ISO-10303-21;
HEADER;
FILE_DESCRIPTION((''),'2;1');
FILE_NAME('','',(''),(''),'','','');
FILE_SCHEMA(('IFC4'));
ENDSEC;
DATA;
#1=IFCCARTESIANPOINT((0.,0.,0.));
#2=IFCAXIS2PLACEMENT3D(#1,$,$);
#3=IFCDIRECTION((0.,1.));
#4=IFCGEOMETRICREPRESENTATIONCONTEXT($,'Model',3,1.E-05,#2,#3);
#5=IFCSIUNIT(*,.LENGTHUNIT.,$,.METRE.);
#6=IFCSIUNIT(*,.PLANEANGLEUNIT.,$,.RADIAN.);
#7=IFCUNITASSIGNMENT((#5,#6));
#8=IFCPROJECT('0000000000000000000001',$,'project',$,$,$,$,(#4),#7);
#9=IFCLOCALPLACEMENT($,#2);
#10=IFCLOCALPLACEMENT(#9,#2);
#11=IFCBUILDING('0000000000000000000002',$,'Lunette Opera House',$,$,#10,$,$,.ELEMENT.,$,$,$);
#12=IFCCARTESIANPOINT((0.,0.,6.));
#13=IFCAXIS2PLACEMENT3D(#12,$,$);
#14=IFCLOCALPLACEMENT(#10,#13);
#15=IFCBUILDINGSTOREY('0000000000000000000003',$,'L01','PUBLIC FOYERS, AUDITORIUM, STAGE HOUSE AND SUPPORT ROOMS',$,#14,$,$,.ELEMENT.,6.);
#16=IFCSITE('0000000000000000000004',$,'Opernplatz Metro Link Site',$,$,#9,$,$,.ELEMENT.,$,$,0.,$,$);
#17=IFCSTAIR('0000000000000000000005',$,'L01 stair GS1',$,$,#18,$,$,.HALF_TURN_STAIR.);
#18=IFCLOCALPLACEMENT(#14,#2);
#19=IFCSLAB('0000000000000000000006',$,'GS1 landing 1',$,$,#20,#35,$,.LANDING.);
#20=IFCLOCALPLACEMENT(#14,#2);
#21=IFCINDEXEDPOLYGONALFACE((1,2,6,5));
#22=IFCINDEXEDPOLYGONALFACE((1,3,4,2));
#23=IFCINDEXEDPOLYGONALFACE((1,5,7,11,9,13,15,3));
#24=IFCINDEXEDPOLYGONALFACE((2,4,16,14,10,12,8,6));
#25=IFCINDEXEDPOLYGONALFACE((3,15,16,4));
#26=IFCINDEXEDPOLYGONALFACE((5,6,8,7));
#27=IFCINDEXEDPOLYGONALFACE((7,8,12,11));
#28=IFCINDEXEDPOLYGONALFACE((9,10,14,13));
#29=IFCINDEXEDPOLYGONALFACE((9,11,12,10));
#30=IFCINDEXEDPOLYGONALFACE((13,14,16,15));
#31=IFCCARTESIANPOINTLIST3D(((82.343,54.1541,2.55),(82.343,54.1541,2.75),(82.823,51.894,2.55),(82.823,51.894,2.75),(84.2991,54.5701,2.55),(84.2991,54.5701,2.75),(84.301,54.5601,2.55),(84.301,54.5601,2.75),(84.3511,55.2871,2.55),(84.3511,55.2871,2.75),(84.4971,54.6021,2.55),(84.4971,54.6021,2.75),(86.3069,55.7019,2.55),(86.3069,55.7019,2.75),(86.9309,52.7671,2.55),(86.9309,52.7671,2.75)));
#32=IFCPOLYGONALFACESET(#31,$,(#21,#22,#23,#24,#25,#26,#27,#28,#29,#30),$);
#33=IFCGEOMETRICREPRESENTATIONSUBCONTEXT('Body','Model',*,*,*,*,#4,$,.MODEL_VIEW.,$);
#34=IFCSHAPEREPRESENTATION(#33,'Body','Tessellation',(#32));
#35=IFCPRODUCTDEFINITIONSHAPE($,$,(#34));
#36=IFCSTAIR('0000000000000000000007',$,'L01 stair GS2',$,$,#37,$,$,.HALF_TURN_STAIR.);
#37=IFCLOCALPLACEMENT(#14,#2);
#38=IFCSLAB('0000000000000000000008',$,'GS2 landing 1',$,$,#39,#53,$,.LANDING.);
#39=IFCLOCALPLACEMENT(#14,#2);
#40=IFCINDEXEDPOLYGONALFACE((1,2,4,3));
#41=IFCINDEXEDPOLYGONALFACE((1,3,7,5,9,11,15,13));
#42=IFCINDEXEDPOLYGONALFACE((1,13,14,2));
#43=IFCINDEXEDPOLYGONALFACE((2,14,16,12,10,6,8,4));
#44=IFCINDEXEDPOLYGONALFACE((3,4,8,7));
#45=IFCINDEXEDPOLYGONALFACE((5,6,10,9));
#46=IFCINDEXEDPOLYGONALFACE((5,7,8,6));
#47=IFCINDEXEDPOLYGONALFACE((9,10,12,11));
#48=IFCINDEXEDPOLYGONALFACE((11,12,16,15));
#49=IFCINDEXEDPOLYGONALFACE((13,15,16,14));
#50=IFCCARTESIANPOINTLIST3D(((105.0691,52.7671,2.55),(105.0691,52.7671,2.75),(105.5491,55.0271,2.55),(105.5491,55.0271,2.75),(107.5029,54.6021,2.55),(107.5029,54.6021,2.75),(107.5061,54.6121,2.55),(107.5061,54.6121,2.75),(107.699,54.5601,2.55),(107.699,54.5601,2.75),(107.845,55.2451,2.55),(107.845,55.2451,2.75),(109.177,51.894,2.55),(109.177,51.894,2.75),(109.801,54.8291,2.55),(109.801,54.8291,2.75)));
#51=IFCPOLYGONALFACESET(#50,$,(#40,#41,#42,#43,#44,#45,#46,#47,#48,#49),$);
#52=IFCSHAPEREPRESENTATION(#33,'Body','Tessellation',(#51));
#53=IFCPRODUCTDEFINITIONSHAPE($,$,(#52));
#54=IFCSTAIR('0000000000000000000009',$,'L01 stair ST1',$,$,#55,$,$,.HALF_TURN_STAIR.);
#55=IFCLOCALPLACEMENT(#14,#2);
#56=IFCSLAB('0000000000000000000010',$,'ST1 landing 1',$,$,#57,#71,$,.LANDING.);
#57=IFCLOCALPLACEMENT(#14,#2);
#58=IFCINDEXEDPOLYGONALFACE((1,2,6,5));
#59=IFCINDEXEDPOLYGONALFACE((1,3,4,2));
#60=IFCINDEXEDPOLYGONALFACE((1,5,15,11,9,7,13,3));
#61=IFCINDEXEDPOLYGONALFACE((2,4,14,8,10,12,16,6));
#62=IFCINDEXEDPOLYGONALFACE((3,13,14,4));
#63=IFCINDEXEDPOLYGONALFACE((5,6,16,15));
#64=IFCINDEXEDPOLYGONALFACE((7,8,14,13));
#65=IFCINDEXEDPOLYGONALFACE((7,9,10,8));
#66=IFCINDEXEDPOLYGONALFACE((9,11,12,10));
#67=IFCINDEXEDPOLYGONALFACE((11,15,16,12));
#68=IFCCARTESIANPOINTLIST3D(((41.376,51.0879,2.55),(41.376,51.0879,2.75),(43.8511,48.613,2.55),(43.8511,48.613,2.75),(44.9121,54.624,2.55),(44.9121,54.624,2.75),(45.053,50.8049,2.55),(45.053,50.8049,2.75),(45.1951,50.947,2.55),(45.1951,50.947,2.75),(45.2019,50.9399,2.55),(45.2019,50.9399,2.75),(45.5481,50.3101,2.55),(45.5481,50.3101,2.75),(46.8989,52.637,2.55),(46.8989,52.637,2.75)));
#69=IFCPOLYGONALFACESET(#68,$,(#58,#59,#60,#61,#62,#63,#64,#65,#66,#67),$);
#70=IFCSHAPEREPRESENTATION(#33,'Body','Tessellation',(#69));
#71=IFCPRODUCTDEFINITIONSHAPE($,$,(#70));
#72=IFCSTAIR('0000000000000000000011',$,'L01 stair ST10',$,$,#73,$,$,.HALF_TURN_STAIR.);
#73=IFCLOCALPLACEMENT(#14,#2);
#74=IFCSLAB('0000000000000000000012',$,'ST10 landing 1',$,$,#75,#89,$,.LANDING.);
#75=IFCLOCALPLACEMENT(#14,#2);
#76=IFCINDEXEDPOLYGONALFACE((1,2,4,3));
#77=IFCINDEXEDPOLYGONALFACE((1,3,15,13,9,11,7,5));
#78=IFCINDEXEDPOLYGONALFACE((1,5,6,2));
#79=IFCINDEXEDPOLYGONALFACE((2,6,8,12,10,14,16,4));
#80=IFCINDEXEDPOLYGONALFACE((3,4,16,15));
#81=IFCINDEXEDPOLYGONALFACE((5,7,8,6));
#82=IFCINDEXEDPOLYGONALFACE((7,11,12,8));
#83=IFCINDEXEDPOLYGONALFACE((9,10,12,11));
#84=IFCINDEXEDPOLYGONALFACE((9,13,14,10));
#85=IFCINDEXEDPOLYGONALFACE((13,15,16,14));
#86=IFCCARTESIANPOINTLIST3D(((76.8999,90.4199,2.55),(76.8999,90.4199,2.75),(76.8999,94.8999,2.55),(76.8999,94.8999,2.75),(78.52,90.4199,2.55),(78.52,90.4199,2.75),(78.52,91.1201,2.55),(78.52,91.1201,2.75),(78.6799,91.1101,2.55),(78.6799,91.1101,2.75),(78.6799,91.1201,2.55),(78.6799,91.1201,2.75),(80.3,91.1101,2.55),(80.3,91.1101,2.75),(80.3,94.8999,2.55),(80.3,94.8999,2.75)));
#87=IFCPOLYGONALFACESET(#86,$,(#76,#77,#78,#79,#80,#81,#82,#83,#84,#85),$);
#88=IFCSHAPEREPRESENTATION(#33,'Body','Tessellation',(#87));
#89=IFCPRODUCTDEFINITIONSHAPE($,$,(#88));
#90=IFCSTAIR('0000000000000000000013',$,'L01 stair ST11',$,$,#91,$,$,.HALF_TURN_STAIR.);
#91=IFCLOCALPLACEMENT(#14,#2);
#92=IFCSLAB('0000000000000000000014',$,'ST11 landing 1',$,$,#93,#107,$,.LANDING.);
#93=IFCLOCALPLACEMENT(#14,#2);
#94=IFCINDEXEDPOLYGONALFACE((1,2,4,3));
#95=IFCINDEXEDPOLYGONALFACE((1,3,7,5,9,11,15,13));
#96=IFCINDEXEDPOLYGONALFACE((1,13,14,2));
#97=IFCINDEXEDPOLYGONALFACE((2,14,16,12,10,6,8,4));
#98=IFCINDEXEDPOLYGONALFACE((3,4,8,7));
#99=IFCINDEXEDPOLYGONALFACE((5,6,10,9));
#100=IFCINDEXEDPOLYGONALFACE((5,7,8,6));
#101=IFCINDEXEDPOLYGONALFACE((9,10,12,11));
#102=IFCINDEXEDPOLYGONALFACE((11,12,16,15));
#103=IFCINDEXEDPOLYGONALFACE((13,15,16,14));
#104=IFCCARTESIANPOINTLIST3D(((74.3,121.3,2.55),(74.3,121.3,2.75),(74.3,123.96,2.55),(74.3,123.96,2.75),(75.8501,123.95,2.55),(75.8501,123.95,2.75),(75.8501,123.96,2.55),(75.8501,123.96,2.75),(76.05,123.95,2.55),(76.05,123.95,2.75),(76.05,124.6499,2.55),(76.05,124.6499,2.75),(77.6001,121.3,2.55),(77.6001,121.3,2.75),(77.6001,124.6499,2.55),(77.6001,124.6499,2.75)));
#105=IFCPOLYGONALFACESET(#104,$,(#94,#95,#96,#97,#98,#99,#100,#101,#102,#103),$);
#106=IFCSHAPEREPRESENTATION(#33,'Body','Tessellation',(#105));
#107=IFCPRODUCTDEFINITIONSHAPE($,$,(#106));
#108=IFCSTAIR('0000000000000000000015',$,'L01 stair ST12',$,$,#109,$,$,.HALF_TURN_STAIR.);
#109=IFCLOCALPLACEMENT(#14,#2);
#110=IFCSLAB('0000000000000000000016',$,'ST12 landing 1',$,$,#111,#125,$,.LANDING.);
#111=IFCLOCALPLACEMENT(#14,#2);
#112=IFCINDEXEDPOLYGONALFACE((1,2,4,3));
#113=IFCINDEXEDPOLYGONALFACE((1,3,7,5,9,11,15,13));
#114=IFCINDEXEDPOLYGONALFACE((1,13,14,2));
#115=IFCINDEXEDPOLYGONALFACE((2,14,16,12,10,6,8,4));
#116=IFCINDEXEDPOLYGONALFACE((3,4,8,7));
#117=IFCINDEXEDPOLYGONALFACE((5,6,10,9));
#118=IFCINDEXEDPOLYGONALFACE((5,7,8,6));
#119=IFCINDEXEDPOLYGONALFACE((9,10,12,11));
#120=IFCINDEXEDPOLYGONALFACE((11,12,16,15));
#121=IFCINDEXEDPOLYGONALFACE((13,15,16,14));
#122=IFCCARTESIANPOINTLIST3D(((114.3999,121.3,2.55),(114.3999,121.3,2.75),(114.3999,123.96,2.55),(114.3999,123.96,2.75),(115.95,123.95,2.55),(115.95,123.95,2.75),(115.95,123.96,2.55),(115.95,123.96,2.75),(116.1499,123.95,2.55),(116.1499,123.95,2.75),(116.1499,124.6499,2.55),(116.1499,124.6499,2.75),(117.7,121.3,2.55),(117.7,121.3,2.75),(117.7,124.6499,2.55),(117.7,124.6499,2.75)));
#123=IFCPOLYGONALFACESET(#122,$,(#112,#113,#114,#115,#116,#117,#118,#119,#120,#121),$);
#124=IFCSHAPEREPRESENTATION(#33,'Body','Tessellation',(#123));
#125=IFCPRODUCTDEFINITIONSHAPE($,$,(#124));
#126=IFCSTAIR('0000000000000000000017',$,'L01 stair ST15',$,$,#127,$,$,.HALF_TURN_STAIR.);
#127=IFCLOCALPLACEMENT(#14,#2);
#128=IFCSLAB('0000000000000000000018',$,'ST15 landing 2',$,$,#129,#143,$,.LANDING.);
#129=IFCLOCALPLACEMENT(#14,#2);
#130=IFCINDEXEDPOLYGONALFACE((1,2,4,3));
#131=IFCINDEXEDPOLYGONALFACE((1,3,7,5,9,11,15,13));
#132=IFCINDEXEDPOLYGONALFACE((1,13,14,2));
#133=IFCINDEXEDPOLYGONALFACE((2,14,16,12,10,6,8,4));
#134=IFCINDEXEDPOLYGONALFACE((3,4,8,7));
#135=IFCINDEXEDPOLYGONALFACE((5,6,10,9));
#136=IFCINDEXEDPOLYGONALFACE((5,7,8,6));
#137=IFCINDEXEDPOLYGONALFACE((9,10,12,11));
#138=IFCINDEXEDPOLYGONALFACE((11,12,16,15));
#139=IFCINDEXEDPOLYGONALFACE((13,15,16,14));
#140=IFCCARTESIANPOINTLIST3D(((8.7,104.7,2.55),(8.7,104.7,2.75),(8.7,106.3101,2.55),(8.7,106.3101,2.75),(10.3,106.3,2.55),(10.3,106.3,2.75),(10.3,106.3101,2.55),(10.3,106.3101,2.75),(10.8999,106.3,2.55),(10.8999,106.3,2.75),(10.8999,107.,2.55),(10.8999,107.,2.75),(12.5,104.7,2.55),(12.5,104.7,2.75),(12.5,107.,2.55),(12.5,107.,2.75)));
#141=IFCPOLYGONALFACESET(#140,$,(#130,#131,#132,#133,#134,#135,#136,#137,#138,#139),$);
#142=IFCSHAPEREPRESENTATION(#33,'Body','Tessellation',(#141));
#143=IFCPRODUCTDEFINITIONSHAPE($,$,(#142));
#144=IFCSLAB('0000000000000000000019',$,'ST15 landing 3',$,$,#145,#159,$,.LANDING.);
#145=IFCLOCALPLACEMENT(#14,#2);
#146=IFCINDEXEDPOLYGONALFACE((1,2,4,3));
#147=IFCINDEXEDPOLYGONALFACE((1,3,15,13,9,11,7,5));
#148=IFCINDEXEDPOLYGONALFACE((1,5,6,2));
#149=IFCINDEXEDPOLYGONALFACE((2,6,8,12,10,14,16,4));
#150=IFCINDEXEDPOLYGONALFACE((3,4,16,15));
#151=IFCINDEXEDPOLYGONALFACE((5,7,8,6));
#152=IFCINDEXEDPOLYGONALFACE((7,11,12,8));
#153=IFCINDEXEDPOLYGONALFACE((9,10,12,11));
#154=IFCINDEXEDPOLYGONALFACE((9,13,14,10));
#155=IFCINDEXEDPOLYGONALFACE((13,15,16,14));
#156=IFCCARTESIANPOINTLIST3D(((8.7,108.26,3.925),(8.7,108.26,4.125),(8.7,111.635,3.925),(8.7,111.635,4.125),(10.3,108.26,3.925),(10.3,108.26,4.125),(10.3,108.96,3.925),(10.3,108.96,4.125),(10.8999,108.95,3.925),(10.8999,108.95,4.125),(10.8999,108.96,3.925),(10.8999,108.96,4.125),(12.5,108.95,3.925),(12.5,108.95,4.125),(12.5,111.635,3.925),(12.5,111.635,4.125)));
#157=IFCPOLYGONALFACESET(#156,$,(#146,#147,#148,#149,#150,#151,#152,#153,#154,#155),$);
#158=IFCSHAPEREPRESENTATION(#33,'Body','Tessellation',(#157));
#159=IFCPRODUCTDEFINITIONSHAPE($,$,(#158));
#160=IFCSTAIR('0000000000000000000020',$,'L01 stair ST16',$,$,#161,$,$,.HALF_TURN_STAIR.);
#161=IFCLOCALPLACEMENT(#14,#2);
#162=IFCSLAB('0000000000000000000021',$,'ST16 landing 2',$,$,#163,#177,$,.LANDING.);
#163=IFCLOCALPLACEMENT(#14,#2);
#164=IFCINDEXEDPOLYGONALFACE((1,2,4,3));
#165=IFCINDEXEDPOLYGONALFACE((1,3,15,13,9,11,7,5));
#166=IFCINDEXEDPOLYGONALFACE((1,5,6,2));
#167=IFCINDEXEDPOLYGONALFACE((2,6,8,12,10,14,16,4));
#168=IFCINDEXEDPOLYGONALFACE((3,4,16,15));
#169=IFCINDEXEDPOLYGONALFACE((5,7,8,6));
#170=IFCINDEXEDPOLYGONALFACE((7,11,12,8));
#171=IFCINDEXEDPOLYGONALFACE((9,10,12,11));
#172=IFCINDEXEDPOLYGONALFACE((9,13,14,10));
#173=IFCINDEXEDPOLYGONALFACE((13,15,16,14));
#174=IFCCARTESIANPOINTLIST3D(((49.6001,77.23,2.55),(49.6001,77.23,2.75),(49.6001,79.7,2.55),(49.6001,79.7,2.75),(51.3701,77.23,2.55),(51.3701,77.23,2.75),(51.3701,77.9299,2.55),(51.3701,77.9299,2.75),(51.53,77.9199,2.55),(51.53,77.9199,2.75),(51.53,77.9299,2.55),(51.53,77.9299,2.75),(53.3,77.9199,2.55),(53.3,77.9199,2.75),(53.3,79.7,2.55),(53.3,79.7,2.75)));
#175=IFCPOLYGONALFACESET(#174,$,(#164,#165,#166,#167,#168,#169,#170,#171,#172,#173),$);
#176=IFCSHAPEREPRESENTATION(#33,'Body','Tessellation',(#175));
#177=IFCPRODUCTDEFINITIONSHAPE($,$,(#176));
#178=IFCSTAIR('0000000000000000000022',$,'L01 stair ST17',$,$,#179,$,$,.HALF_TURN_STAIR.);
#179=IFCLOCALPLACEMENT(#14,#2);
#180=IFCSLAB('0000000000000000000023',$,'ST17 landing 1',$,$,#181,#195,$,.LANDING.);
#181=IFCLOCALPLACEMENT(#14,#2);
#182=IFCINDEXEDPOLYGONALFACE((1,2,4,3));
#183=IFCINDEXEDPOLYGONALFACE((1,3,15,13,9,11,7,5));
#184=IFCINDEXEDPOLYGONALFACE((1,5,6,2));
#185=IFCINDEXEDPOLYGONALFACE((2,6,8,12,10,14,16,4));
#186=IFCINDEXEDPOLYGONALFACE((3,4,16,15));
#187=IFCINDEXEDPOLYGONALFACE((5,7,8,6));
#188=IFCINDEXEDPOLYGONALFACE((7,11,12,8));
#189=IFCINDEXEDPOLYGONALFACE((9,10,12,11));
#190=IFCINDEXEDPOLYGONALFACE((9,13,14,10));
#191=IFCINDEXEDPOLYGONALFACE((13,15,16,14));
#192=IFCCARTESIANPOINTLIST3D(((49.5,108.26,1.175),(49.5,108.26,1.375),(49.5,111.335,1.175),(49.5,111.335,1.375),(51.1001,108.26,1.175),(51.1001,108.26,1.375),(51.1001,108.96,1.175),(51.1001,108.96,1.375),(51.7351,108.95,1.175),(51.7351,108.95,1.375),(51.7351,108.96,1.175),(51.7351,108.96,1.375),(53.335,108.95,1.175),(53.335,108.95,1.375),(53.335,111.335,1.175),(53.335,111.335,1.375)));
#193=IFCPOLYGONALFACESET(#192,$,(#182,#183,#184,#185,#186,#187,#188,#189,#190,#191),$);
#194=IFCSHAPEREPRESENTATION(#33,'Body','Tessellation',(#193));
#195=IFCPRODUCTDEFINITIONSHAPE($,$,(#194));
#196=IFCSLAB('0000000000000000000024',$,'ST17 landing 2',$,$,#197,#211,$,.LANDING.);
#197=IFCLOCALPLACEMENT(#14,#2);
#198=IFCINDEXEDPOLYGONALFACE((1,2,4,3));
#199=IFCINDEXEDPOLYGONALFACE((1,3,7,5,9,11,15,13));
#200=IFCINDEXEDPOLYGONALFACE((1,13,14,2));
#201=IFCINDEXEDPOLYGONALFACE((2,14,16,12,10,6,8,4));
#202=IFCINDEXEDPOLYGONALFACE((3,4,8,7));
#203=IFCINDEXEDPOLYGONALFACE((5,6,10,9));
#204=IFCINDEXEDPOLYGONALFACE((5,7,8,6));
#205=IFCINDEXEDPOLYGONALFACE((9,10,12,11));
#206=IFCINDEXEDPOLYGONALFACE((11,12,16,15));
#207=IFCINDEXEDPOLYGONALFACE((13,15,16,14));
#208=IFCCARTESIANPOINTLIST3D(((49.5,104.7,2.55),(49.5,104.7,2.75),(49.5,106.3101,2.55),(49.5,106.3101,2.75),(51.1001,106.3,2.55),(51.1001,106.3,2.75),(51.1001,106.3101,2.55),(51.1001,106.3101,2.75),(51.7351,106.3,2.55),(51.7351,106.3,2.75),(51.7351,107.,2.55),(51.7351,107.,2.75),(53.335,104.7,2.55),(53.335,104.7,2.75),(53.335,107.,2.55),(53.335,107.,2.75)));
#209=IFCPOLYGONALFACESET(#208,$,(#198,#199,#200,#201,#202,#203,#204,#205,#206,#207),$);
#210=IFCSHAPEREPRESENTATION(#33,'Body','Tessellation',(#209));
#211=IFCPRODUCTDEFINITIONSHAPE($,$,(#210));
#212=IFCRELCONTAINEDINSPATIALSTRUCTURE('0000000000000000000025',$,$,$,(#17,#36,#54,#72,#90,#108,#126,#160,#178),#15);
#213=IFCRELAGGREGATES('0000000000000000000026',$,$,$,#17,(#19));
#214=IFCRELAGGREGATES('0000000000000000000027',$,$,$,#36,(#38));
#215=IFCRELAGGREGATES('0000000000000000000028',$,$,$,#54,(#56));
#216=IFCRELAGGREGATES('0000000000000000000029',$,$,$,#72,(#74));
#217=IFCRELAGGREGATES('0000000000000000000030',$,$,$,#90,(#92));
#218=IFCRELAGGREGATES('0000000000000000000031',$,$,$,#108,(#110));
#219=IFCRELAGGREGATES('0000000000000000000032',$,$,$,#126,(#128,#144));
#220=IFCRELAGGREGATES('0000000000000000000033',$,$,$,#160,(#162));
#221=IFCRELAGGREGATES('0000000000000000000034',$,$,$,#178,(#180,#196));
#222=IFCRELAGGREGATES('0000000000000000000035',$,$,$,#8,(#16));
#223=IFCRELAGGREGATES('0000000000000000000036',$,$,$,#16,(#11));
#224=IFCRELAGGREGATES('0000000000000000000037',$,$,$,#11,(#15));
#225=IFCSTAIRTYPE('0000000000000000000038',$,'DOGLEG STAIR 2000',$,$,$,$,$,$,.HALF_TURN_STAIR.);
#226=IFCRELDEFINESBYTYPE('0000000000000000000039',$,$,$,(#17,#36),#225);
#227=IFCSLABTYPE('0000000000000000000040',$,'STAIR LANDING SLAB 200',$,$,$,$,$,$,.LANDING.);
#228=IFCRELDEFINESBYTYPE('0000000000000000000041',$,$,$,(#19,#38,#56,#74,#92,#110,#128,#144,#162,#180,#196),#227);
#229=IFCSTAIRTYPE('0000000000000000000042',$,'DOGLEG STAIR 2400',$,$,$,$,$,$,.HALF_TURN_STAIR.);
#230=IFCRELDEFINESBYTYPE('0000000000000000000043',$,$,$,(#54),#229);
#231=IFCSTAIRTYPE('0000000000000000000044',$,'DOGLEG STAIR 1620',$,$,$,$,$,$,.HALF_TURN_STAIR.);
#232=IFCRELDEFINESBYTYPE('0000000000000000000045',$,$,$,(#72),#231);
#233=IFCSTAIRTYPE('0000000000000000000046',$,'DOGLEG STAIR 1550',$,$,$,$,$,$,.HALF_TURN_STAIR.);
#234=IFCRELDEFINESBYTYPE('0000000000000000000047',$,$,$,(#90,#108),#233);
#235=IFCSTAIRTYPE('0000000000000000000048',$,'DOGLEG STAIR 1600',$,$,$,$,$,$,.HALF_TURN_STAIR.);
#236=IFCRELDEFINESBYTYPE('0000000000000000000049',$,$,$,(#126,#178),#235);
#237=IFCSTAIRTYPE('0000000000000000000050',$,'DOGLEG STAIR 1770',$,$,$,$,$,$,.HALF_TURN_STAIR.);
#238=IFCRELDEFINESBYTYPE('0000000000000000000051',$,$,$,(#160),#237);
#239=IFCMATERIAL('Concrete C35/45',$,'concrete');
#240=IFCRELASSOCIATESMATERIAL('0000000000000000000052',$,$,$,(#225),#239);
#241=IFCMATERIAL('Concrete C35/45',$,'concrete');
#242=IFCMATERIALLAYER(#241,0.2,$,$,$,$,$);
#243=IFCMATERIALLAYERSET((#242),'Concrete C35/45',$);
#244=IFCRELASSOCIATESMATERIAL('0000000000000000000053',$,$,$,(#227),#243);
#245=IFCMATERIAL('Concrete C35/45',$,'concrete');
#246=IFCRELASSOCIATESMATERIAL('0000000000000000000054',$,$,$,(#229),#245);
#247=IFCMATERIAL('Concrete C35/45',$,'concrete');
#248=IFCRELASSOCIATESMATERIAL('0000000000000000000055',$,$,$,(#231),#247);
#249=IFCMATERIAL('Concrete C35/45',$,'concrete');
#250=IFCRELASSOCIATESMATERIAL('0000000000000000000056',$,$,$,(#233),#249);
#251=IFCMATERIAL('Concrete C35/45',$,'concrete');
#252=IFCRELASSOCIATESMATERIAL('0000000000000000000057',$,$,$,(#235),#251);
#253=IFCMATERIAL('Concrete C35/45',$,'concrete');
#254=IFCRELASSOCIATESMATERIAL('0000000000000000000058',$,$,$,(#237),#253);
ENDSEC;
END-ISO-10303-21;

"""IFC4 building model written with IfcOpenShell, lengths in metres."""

from ifc_helpers import new_model, si_unit, direction, frame, origin, place, context, subcontext, project, spatial, polyline, outline, extrude, material, layer, layer_set, type_object, element, aggregate, save


model = new_model("IFC4")

# Units and contexts
model_context = context("Model", 3, precision=1e-05, world=origin(), true_north=direction((0.0, 1.0)))
body_context = subcontext(model_context, "Body", "Model", "MODEL_VIEW")
ifc_project = project(units=[si_unit("LENGTHUNIT", "METRE"), si_unit("PLANEANGLEUNIT", "RADIAN")], contexts=[model_context])

# Site, building, storey
site_placement = place(None, origin())
site = spatial("IfcSite", under=ifc_project, at=site_placement, Name="Opernplatz Metro Link Site", CompositionType="ELEMENT", RefElevation=0.0)
building_placement = place(site_placement, origin())
building = spatial("IfcBuilding", under=site, at=building_placement, Name="Lunette Opera House", CompositionType="ELEMENT")
storey_placement = place(building_placement, frame((0.0, 0.0, 6.0)))
storey = spatial("IfcBuildingStorey", under=building, at=storey_placement, Name="L01", Description="PUBLIC FOYERS, AUDITORIUM, STAGE HOUSE AND SUPPORT ROOMS", CompositionType="ELEMENT", Elevation=6.0)

# Stairs, slabs
ifc_material_1 = material(Name="Concrete C35/45", Category="concrete")
stair_type_1 = type_object("IfcStairType", Name="DOGLEG STAIR 2000", PredefinedType="HALF_TURN_STAIR", material=ifc_material_1)
stair_1_placement = place(storey_placement, origin())
stair_1 = element("IfcStair", 1, at=stair_1_placement, inside=storey, type_object=stair_type_1, Name="L01 stair GS1", PredefinedType="HALF_TURN_STAIR")
ifc_material_2 = material(Name="Concrete C35/45", Category="concrete")
ifc_layer = layer(ifc_material_2, 0.2)
ifc_layer_set = layer_set([ifc_layer], Name="Concrete C35/45")
slab_type = type_object("IfcSlabType", Name="STAIR LANDING SLAB 200", PredefinedType="LANDING", material=ifc_layer_set)
slab_1_placement = place(storey_placement, frame((0.0, 0.0, 2.55)))
slab_1 = element("IfcSlab", 2, at=slab_1_placement, type_object=slab_type, Name="GS1 landing 1", PredefinedType="LANDING", context=body_context, shape_type="SweptSolid", body=[
    extrude(outline(polyline([(82.823, 51.894), (82.343, 54.1541), (84.2991, 54.5701), (84.301, 54.5601), (84.4971, 54.6021), (84.3511, 55.2871), (86.3069, 55.7019), (86.9309, 52.7671), (82.823, 51.894)])), origin(), (0.0, 0.0, 1.0), 0.2),
])
aggregate(stair_1, [slab_1])
stair_2_placement = place(storey_placement, origin())
stair_2 = element("IfcStair", 3, at=stair_2_placement, inside=storey, type_object=stair_type_1, Name="L01 stair GS2", PredefinedType="HALF_TURN_STAIR")
slab_2_placement = place(storey_placement, frame((0.0, 0.0, 2.55)))
slab_2 = element("IfcSlab", 4, at=slab_2_placement, type_object=slab_type, Name="GS2 landing 1", PredefinedType="LANDING", context=body_context, shape_type="SweptSolid", body=[
    extrude(outline(polyline([(105.0691, 52.7671), (105.5491, 55.0271), (107.5061, 54.6121), (107.5029, 54.6021), (107.699, 54.5601), (107.845, 55.2451), (109.801, 54.8291), (109.177, 51.894), (105.0691, 52.7671)])), origin(), (0.0, 0.0, 1.0), 0.2),
])
aggregate(stair_2, [slab_2])
ifc_material_3 = material(Name="Concrete C35/45", Category="concrete")
stair_type_2 = type_object("IfcStairType", Name="DOGLEG STAIR 2400", PredefinedType="HALF_TURN_STAIR", material=ifc_material_3)
stair_3_placement = place(storey_placement, origin())
stair_3 = element("IfcStair", 5, at=stair_3_placement, inside=storey, type_object=stair_type_2, Name="L01 stair ST1", PredefinedType="HALF_TURN_STAIR")
slab_3_placement = place(storey_placement, frame((0.0, 0.0, 2.55)))
slab_3 = element("IfcSlab", 6, at=slab_3_placement, type_object=slab_type, Name="ST1 landing 1", PredefinedType="LANDING", context=body_context, shape_type="SweptSolid", body=[
    extrude(outline(polyline([(41.376, 51.0879), (44.9121, 54.624), (46.8989, 52.637), (45.2019, 50.9399), (45.1951, 50.947), (45.053, 50.8049), (45.5481, 50.3101), (43.8511, 48.613), (41.376, 51.0879)])), origin(), (0.0, 0.0, 1.0), 0.2),
])
aggregate(stair_3, [slab_3])
ifc_material_4 = material(Name="Concrete C35/45", Category="concrete")
stair_type_3 = type_object("IfcStairType", Name="DOGLEG STAIR 1620", PredefinedType="HALF_TURN_STAIR", material=ifc_material_4)
stair_4_placement = place(storey_placement, origin())
stair_4 = element("IfcStair", 7, at=stair_4_placement, inside=storey, type_object=stair_type_3, Name="L01 stair ST10", PredefinedType="HALF_TURN_STAIR")
slab_4_placement = place(storey_placement, frame((0.0, 0.0, 2.55)))
slab_4 = element("IfcSlab", 8, at=slab_4_placement, type_object=slab_type, Name="ST10 landing 1", PredefinedType="LANDING", context=body_context, shape_type="SweptSolid", body=[
    extrude(outline(polyline([(80.3, 91.1101), (78.6799, 91.1101), (78.6799, 91.1201), (78.52, 91.1201), (78.52, 90.4199), (76.8999, 90.4199), (76.8999, 94.8999), (80.3, 94.8999), (80.3, 91.1101)])), origin(), (0.0, 0.0, 1.0), 0.2),
])
aggregate(stair_4, [slab_4])
ifc_material_5 = material(Name="Concrete C35/45", Category="concrete")
stair_type_4 = type_object("IfcStairType", Name="DOGLEG STAIR 1550", PredefinedType="HALF_TURN_STAIR", material=ifc_material_5)
stair_5_placement = place(storey_placement, origin())
stair_5 = element("IfcStair", 9, at=stair_5_placement, inside=storey, type_object=stair_type_4, Name="L01 stair ST11", PredefinedType="HALF_TURN_STAIR")
slab_5_placement = place(storey_placement, frame((0.0, 0.0, 2.55)))
slab_5 = element("IfcSlab", 10, at=slab_5_placement, type_object=slab_type, Name="ST11 landing 1", PredefinedType="LANDING", context=body_context, shape_type="SweptSolid", body=[
    extrude(outline(polyline([(74.3, 121.3), (74.3, 123.96), (75.8501, 123.96), (75.8501, 123.95), (76.05, 123.95), (76.05, 124.6499), (77.6001, 124.6499), (77.6001, 121.3), (74.3, 121.3)])), origin(), (0.0, 0.0, 1.0), 0.2),
])
aggregate(stair_5, [slab_5])
stair_6_placement = place(storey_placement, origin())
stair_6 = element("IfcStair", 11, at=stair_6_placement, inside=storey, type_object=stair_type_4, Name="L01 stair ST12", PredefinedType="HALF_TURN_STAIR")
slab_6_placement = place(storey_placement, frame((0.0, 0.0, 2.55)))
slab_6 = element("IfcSlab", 12, at=slab_6_placement, type_object=slab_type, Name="ST12 landing 1", PredefinedType="LANDING", context=body_context, shape_type="SweptSolid", body=[
    extrude(outline(polyline([(114.3999, 121.3), (114.3999, 123.96), (115.95, 123.96), (115.95, 123.95), (116.1499, 123.95), (116.1499, 124.6499), (117.7, 124.6499), (117.7, 121.3), (114.3999, 121.3)])), origin(), (0.0, 0.0, 1.0), 0.2),
])
aggregate(stair_6, [slab_6])

# Stair, slabs
ifc_material_6 = material(Name="Concrete C35/45", Category="concrete")
stair_type_5 = type_object("IfcStairType", Name="DOGLEG STAIR 1600", PredefinedType="HALF_TURN_STAIR", material=ifc_material_6)
stair_7_placement = place(storey_placement, origin())
stair_7 = element("IfcStair", 13, at=stair_7_placement, inside=storey, type_object=stair_type_5, Name="L01 stair ST15", PredefinedType="HALF_TURN_STAIR")
slab_7_placement = place(storey_placement, frame((0.0, 0.0, 2.55)))
slab_7 = element("IfcSlab", 14, at=slab_7_placement, type_object=slab_type, Name="ST15 landing 2", PredefinedType="LANDING", context=body_context, shape_type="SweptSolid", body=[
    extrude(outline(polyline([(8.7, 104.7), (8.7, 106.3101), (10.3, 106.3101), (10.3, 106.3), (10.8999, 106.3), (10.8999, 107.0), (12.5, 107.0), (12.5, 104.7), (8.7, 104.7)])), origin(), (0.0, 0.0, 1.0), 0.2),
])
slab_8_placement = place(storey_placement, frame((0.0, 0.0, 3.925)))
slab_8 = element("IfcSlab", 15, at=slab_8_placement, type_object=slab_type, Name="ST15 landing 3", PredefinedType="LANDING", context=body_context, shape_type="SweptSolid", body=[
    extrude(outline(polyline([(12.5, 108.95), (10.8999, 108.95), (10.8999, 108.96), (10.3, 108.96), (10.3, 108.26), (8.7, 108.26), (8.7, 111.635), (12.5, 111.635), (12.5, 108.95)])), origin(), (0.0, 0.0, 1.0), 0.2),
])
aggregate(stair_7, [slab_7, slab_8])

# Stair, slab
ifc_material_7 = material(Name="Concrete C35/45", Category="concrete")
stair_type_6 = type_object("IfcStairType", Name="DOGLEG STAIR 1770", PredefinedType="HALF_TURN_STAIR", material=ifc_material_7)
stair_8_placement = place(storey_placement, origin())
stair_8 = element("IfcStair", 16, at=stair_8_placement, inside=storey, type_object=stair_type_6, Name="L01 stair ST16", PredefinedType="HALF_TURN_STAIR")
slab_9_placement = place(storey_placement, frame((0.0, 0.0, 2.55)))
slab_9 = element("IfcSlab", 17, at=slab_9_placement, type_object=slab_type, Name="ST16 landing 2", PredefinedType="LANDING", context=body_context, shape_type="SweptSolid", body=[
    extrude(outline(polyline([(53.3, 77.9199), (51.53, 77.9199), (51.53, 77.9299), (51.3701, 77.9299), (51.3701, 77.23), (49.6001, 77.23), (49.6001, 79.7), (53.3, 79.7), (53.3, 77.9199)])), origin(), (0.0, 0.0, 1.0), 0.2),
])
aggregate(stair_8, [slab_9])

# Stair, slabs
stair_9_placement = place(storey_placement, origin())
stair_9 = element("IfcStair", 18, at=stair_9_placement, inside=storey, type_object=stair_type_5, Name="L01 stair ST17", PredefinedType="HALF_TURN_STAIR")
slab_10_placement = place(storey_placement, frame((0.0, 0.0, 1.175)))
slab_10 = element("IfcSlab", 19, at=slab_10_placement, type_object=slab_type, Name="ST17 landing 1", PredefinedType="LANDING", context=body_context, shape_type="SweptSolid", body=[
    extrude(outline(polyline([(53.335, 108.95), (51.7351, 108.95), (51.7351, 108.96), (51.1001, 108.96), (51.1001, 108.26), (49.5, 108.26), (49.5, 111.335), (53.335, 111.335), (53.335, 108.95)])), origin(), (0.0, 0.0, 1.0), 0.2),
])
slab_11_placement = place(storey_placement, frame((0.0, 0.0, 2.55)))
slab_11 = element("IfcSlab", 20, at=slab_11_placement, type_object=slab_type, Name="ST17 landing 2", PredefinedType="LANDING", context=body_context, shape_type="SweptSolid", body=[
    extrude(outline(polyline([(53.335, 104.7), (49.5, 104.7), (49.5, 106.3101), (51.1001, 106.3101), (51.1001, 106.3), (51.7351, 106.3), (51.7351, 107.0), (53.335, 107.0), (53.335, 104.7)])), origin(), (0.0, 0.0, 1.0), 0.2),
])
aggregate(stair_9, [slab_10, slab_11])

save(model, "model.ifc")
